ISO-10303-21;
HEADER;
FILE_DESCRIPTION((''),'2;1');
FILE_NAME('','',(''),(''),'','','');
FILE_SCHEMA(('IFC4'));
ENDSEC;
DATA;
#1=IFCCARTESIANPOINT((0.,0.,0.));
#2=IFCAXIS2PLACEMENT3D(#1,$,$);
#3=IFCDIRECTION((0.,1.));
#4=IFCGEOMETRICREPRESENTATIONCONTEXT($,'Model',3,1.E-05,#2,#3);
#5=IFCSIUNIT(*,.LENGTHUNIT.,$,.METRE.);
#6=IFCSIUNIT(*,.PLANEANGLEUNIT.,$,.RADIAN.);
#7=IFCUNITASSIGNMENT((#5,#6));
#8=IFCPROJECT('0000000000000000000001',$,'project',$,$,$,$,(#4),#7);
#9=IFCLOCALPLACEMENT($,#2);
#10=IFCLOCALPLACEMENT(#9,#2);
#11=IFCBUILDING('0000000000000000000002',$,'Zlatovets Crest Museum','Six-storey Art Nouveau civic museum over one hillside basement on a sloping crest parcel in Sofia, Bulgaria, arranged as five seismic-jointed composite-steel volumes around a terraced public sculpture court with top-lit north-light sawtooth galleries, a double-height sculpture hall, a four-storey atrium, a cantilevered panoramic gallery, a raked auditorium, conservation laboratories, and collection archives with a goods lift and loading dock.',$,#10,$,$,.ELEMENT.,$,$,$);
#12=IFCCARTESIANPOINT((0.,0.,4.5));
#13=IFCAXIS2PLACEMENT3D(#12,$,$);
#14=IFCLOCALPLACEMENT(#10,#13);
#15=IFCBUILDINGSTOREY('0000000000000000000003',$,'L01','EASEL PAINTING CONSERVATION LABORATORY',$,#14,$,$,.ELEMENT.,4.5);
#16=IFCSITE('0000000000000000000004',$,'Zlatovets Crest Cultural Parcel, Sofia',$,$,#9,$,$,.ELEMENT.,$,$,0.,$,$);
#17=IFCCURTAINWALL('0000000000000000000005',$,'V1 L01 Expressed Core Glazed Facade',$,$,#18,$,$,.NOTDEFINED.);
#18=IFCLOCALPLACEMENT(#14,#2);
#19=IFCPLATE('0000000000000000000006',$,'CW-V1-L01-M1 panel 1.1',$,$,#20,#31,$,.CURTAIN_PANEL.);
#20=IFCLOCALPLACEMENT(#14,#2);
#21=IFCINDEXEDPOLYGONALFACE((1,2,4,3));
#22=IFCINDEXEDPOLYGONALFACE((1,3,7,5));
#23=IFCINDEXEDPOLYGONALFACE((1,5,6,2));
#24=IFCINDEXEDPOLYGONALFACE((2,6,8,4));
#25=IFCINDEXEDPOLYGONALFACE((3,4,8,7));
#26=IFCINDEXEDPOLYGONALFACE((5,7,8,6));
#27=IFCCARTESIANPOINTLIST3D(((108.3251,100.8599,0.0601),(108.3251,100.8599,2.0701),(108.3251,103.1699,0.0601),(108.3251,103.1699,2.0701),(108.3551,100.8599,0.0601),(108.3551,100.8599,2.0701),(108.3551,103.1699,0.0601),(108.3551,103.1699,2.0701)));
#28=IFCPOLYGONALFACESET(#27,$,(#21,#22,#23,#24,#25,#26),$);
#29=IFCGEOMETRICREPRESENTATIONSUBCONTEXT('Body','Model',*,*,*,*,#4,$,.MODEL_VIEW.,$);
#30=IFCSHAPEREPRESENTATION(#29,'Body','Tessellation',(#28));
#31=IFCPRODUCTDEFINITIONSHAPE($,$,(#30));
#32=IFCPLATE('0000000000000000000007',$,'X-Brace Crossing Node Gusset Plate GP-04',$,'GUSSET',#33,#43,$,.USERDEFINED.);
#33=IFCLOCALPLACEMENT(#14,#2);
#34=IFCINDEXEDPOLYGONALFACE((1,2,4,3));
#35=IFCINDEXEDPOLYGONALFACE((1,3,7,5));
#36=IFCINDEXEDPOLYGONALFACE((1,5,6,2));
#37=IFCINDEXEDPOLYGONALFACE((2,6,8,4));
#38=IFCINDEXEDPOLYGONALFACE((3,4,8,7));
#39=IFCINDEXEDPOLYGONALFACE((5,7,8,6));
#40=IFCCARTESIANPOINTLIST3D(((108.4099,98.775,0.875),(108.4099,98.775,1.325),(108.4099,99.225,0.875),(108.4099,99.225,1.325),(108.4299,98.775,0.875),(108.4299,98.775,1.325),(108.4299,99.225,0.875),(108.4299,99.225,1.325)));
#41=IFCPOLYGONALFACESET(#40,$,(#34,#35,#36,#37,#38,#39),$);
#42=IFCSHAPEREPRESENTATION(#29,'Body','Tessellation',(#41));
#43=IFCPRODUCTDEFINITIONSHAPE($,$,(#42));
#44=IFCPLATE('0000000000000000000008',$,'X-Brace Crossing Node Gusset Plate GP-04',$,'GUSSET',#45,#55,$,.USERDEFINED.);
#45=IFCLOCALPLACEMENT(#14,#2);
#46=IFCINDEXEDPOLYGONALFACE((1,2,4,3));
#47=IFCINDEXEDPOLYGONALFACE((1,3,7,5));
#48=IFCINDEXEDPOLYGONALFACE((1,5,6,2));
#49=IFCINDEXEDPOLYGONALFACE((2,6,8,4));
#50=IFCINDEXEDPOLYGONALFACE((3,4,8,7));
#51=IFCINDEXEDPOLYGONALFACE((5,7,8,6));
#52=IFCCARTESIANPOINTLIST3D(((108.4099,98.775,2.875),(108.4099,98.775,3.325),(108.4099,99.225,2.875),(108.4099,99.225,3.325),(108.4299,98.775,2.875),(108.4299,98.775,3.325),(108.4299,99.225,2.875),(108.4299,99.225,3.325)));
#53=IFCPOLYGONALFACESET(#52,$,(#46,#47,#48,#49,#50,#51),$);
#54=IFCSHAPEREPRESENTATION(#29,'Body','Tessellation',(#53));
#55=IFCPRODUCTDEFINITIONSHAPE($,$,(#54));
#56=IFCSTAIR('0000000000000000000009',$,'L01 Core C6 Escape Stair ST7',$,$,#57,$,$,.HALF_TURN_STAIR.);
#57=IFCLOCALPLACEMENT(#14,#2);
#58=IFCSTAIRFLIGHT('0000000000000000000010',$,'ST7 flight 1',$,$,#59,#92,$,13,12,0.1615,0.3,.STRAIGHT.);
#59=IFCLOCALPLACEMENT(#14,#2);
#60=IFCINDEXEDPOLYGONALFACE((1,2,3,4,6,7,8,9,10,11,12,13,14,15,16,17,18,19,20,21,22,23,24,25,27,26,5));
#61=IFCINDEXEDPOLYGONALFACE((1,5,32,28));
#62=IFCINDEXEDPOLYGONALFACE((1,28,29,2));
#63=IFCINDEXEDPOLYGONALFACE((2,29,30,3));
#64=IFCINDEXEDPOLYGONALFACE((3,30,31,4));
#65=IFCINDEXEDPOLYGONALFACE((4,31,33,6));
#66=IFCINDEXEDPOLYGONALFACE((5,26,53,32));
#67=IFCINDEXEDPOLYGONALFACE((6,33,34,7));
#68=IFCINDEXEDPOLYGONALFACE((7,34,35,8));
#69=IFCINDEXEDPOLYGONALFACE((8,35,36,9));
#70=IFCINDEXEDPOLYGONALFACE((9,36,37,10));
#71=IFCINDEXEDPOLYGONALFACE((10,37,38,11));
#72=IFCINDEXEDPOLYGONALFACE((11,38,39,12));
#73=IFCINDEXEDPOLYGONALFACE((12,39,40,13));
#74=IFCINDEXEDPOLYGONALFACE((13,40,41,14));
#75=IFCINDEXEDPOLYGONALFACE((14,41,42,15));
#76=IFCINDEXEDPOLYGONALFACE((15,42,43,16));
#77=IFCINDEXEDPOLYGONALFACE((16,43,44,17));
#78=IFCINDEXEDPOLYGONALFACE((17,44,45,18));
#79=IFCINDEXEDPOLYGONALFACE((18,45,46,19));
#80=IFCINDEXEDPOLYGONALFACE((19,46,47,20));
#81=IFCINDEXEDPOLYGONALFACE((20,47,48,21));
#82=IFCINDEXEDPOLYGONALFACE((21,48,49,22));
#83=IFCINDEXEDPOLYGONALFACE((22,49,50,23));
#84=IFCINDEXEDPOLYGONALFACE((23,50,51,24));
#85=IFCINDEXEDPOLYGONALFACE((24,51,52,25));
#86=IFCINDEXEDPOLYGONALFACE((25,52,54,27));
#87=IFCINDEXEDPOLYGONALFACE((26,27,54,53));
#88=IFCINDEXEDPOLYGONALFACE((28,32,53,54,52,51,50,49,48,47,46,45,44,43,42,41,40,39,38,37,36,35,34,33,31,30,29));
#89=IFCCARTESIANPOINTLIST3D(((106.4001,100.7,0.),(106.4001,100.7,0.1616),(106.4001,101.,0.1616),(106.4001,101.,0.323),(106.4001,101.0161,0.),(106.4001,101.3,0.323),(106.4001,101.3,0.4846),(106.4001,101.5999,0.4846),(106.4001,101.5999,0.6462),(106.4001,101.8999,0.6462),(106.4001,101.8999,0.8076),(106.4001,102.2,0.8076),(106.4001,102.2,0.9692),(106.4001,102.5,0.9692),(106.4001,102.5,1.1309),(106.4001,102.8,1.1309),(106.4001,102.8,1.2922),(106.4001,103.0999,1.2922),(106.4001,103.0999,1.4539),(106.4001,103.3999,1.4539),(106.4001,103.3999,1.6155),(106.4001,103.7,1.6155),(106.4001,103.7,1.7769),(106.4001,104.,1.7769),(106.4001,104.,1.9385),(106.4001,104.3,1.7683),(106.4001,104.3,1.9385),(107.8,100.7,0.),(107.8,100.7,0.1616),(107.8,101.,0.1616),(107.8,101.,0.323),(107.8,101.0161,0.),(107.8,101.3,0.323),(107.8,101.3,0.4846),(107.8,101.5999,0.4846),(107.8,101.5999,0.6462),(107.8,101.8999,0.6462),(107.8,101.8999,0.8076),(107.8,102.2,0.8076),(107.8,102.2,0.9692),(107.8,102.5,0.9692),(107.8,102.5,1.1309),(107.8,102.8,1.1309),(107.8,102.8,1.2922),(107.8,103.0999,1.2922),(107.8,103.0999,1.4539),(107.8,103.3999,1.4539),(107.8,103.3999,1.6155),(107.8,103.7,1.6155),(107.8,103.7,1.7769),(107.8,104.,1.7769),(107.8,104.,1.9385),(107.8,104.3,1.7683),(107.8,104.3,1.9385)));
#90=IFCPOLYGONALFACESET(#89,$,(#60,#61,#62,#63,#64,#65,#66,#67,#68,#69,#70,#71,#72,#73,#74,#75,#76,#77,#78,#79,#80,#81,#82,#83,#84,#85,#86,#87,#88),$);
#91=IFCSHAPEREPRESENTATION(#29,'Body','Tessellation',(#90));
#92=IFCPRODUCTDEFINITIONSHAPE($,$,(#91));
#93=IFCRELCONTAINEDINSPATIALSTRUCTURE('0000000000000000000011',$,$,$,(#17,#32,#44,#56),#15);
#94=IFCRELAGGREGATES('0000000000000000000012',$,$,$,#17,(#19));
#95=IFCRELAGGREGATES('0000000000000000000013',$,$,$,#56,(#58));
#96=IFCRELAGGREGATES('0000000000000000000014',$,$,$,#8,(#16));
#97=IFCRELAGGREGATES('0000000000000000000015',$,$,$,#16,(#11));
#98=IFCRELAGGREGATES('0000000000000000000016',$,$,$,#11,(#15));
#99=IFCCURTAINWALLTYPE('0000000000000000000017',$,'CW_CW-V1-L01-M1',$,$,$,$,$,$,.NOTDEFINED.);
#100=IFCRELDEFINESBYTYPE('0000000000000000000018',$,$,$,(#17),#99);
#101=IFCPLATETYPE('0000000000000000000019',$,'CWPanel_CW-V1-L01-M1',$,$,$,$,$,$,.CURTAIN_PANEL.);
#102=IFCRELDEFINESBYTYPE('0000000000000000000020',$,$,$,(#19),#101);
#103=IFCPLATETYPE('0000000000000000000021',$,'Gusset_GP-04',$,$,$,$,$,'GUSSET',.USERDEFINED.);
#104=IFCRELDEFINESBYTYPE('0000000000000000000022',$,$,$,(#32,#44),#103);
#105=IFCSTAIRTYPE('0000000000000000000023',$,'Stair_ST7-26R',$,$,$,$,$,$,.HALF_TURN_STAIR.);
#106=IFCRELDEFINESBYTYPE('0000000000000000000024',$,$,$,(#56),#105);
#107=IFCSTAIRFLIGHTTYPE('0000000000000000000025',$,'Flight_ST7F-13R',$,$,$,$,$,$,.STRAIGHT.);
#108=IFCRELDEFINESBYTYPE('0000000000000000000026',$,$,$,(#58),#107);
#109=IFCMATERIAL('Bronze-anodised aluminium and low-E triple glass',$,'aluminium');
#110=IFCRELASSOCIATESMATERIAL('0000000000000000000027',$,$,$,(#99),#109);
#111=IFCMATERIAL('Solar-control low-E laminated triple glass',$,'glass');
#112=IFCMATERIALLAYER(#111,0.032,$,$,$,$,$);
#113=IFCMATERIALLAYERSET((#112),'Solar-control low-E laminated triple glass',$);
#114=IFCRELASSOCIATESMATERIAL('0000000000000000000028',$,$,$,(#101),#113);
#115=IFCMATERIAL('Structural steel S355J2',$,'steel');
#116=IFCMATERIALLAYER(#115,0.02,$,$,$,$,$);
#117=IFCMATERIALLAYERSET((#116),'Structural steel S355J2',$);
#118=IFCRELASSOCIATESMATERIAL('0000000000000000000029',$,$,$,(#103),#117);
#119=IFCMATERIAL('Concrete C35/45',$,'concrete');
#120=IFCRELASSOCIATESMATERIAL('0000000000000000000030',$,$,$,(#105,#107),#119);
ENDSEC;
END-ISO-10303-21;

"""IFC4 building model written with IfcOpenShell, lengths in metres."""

from ifc_helpers import new_model, si_unit, direction, frame, origin, origin_2d, place, context, subcontext, project, spatial, polyline, rectangle, outline, extrude, material, layer, layer_set, type_object, element, aggregate, save


model = new_model("IFC4")

# Units and contexts
model_context = context("Model", 3, precision=1e-05, world=origin(), true_north=direction((0.0, 1.0)))
body_context = subcontext(model_context, "Body", "Model", "MODEL_VIEW")
ifc_project = project(units=[si_unit("LENGTHUNIT", "METRE"), si_unit("PLANEANGLEUNIT", "RADIAN")], contexts=[model_context])

# Site, building, storey
site_placement = place(None, origin())
site = spatial("IfcSite", under=ifc_project, at=site_placement, Name="Zlatovets Crest Cultural Parcel, Sofia", CompositionType="ELEMENT", RefElevation=0.0)
building_placement = place(site_placement, origin())
building = spatial("IfcBuilding", under=site, at=building_placement, Name="Zlatovets Crest Museum", Description="Six-storey Art Nouveau civic museum over one hillside basement on a sloping crest parcel in Sofia, Bulgaria, arranged as five seismic-jointed composite-steel volumes around a terraced public sculpture court with top-lit north-light sawtooth galleries, a double-height sculpture hall, a four-storey atrium, a cantilevered panoramic gallery, a raked auditorium, conservation laboratories, and collection archives with a goods lift and loading dock.", CompositionType="ELEMENT")
storey_placement = place(building_placement, frame((0.0, 0.0, 4.5)))
storey = spatial("IfcBuildingStorey", under=building, at=storey_placement, Name="L01", Description="EASEL PAINTING CONSERVATION LABORATORY", CompositionType="ELEMENT", Elevation=4.5)

# Shared definitions
ifc_material_1 = material(Name="Structural steel S355J2", Category="steel")

# Shared definitions
ifc_material_2 = material(Name="Bronze-anodised aluminium and low-E triple glass", Category="aluminium")

# Curtain wall
curtain_wall_type_1 = type_object("IfcCurtainWallType", Name="CW_CW-V1-L01-M1", PredefinedType="NOTDEFINED", material=ifc_material_2)
curtain_wall_1_placement = place(storey_placement, origin())
curtain_wall_1 = element("IfcCurtainWall", 1, at=curtain_wall_1_placement, inside=storey, type_object=curtain_wall_type_1, Name="V1 L01 Expressed Core Glazed Facade", PredefinedType="NOTDEFINED")

# Plate
ifc_material_3 = material(Name="Solar-control low-E laminated triple glass", Category="glass")
ifc_layer_1 = layer(ifc_material_3, 0.032)
ifc_layer_set_1 = layer_set([ifc_layer_1], Name="Solar-control low-E laminated triple glass")
plate_type_1 = type_object("IfcPlateType", Name="CWPanel_CW-V1-L01-M1", PredefinedType="CURTAIN_PANEL", material=ifc_layer_set_1)
plate_1_placement = place(storey_placement, frame((108.3401, 102.0149, 0.0601), z_axis=(0.0, 0.0, 1.0), x_axis=(0.0, 1.0, 0.0)))
plate_1 = element("IfcPlate", 2, at=plate_1_placement, type_object=plate_type_1, Name="CW-V1-L01-M1 panel 1.1", PredefinedType="CURTAIN_PANEL", context=body_context, shape_type="SweptSolid", body=[
    extrude(rectangle(XDim=2.3101, YDim=0.03, at=origin_2d()), origin(), (0.0, 0.0, 1.0), 2.01),
])
aggregate(curtain_wall_1, [plate_1])

# Plates
ifc_layer_2 = layer(ifc_material_1, 0.02)
ifc_layer_set_2 = layer_set([ifc_layer_2], Name="Structural steel S355J2")
plate_type_2 = type_object("IfcPlateType", Name="Gusset_GP-04", ElementType="GUSSET", PredefinedType="USERDEFINED", material=ifc_layer_set_2)
for number, where, z_axis, x_axis, name in (
    (3, (108.4199, 99.0, 0.875), (0.0, 0.0, 1.0), (1.0, 0.0, 0.0), "X-Brace Crossing Node Gusset Plate GP-04"),
    (4, (108.4199, 99.0, 2.875), (0.0, 0.0, 1.0), (1.0, 0.0, 0.0), "X-Brace Crossing Node Gusset Plate GP-04"),
):
    element("IfcPlate", number, at=place(storey_placement, frame(where, z_axis=z_axis, x_axis=x_axis)), inside=storey, type_object=plate_type_2, Name=name, ObjectType="GUSSET", PredefinedType="USERDEFINED", context=body_context, shape_type="SweptSolid", body=[
        extrude(rectangle(XDim=0.02, YDim=0.45, at=origin_2d()), origin(), (0.0, 0.0, 1.0), 0.45),
    ])

# Stair, stair flight
ifc_material_4 = material(Name="Concrete C35/45", Category="concrete")
stair_type = type_object("IfcStairType", Name="Stair_ST7-26R", PredefinedType="HALF_TURN_STAIR", material=ifc_material_4)
stair_placement = place(storey_placement, origin())
stair = element("IfcStair", 5, at=stair_placement, inside=storey, type_object=stair_type, Name="L01 Core C6 Escape Stair ST7", PredefinedType="HALF_TURN_STAIR")
stair_flight_type = type_object("IfcStairFlightType", Name="Flight_ST7F-13R", PredefinedType="STRAIGHT", material=ifc_material_4)
stair_flight_placement = place(storey_placement, frame((107.1001, 100.7, 0.0), z_axis=(0.0, 0.0, 1.0), x_axis=(0.0, 1.0, 0.0)))
stair_flight = element("IfcStairFlight", 6, at=stair_flight_placement, type_object=stair_flight_type, Name="ST7 flight 1", NumberOfRisers=13, NumberOfTreads=12, PredefinedType="STRAIGHT", RiserHeight=0.1615, TreadLength=0.3, context=body_context, shape_type="SweptSolid", body=[
    extrude(outline(polyline([(0.0, 0.0), (0.0, 0.1616), (0.3, 0.1616), (0.3, 0.323), (0.6001, 0.323), (0.6001, 0.4846), (0.8999, 0.4846), (0.8999, 0.6462), (1.2, 0.6462), (1.2, 0.8076), (1.5, 0.8076), (1.5, 0.9692), (1.8, 0.9692), (1.8, 1.1309), (2.1001, 1.1309), (2.1001, 1.2922), (2.3999, 1.2922), (2.3999, 1.4539), (2.7, 1.4539), (2.7, 1.6155), (3.0, 1.6155), (3.0, 1.7769), (3.3, 1.7769), (3.3, 1.9385), (3.6001, 1.9385), (3.6001, 2.1001), (3.6001, 1.7683), (0.3162, 0.0), (0.0, 0.0)])), frame((0.0, 0.7, 0.0), z_axis=(0.0, -1.0, 0.0), x_axis=(1.0, 0.0, 0.0)), (0.0, 0.0, 1.0), 1.3999),
])
aggregate(stair, [stair_flight])

save(model, "model.ifc")
